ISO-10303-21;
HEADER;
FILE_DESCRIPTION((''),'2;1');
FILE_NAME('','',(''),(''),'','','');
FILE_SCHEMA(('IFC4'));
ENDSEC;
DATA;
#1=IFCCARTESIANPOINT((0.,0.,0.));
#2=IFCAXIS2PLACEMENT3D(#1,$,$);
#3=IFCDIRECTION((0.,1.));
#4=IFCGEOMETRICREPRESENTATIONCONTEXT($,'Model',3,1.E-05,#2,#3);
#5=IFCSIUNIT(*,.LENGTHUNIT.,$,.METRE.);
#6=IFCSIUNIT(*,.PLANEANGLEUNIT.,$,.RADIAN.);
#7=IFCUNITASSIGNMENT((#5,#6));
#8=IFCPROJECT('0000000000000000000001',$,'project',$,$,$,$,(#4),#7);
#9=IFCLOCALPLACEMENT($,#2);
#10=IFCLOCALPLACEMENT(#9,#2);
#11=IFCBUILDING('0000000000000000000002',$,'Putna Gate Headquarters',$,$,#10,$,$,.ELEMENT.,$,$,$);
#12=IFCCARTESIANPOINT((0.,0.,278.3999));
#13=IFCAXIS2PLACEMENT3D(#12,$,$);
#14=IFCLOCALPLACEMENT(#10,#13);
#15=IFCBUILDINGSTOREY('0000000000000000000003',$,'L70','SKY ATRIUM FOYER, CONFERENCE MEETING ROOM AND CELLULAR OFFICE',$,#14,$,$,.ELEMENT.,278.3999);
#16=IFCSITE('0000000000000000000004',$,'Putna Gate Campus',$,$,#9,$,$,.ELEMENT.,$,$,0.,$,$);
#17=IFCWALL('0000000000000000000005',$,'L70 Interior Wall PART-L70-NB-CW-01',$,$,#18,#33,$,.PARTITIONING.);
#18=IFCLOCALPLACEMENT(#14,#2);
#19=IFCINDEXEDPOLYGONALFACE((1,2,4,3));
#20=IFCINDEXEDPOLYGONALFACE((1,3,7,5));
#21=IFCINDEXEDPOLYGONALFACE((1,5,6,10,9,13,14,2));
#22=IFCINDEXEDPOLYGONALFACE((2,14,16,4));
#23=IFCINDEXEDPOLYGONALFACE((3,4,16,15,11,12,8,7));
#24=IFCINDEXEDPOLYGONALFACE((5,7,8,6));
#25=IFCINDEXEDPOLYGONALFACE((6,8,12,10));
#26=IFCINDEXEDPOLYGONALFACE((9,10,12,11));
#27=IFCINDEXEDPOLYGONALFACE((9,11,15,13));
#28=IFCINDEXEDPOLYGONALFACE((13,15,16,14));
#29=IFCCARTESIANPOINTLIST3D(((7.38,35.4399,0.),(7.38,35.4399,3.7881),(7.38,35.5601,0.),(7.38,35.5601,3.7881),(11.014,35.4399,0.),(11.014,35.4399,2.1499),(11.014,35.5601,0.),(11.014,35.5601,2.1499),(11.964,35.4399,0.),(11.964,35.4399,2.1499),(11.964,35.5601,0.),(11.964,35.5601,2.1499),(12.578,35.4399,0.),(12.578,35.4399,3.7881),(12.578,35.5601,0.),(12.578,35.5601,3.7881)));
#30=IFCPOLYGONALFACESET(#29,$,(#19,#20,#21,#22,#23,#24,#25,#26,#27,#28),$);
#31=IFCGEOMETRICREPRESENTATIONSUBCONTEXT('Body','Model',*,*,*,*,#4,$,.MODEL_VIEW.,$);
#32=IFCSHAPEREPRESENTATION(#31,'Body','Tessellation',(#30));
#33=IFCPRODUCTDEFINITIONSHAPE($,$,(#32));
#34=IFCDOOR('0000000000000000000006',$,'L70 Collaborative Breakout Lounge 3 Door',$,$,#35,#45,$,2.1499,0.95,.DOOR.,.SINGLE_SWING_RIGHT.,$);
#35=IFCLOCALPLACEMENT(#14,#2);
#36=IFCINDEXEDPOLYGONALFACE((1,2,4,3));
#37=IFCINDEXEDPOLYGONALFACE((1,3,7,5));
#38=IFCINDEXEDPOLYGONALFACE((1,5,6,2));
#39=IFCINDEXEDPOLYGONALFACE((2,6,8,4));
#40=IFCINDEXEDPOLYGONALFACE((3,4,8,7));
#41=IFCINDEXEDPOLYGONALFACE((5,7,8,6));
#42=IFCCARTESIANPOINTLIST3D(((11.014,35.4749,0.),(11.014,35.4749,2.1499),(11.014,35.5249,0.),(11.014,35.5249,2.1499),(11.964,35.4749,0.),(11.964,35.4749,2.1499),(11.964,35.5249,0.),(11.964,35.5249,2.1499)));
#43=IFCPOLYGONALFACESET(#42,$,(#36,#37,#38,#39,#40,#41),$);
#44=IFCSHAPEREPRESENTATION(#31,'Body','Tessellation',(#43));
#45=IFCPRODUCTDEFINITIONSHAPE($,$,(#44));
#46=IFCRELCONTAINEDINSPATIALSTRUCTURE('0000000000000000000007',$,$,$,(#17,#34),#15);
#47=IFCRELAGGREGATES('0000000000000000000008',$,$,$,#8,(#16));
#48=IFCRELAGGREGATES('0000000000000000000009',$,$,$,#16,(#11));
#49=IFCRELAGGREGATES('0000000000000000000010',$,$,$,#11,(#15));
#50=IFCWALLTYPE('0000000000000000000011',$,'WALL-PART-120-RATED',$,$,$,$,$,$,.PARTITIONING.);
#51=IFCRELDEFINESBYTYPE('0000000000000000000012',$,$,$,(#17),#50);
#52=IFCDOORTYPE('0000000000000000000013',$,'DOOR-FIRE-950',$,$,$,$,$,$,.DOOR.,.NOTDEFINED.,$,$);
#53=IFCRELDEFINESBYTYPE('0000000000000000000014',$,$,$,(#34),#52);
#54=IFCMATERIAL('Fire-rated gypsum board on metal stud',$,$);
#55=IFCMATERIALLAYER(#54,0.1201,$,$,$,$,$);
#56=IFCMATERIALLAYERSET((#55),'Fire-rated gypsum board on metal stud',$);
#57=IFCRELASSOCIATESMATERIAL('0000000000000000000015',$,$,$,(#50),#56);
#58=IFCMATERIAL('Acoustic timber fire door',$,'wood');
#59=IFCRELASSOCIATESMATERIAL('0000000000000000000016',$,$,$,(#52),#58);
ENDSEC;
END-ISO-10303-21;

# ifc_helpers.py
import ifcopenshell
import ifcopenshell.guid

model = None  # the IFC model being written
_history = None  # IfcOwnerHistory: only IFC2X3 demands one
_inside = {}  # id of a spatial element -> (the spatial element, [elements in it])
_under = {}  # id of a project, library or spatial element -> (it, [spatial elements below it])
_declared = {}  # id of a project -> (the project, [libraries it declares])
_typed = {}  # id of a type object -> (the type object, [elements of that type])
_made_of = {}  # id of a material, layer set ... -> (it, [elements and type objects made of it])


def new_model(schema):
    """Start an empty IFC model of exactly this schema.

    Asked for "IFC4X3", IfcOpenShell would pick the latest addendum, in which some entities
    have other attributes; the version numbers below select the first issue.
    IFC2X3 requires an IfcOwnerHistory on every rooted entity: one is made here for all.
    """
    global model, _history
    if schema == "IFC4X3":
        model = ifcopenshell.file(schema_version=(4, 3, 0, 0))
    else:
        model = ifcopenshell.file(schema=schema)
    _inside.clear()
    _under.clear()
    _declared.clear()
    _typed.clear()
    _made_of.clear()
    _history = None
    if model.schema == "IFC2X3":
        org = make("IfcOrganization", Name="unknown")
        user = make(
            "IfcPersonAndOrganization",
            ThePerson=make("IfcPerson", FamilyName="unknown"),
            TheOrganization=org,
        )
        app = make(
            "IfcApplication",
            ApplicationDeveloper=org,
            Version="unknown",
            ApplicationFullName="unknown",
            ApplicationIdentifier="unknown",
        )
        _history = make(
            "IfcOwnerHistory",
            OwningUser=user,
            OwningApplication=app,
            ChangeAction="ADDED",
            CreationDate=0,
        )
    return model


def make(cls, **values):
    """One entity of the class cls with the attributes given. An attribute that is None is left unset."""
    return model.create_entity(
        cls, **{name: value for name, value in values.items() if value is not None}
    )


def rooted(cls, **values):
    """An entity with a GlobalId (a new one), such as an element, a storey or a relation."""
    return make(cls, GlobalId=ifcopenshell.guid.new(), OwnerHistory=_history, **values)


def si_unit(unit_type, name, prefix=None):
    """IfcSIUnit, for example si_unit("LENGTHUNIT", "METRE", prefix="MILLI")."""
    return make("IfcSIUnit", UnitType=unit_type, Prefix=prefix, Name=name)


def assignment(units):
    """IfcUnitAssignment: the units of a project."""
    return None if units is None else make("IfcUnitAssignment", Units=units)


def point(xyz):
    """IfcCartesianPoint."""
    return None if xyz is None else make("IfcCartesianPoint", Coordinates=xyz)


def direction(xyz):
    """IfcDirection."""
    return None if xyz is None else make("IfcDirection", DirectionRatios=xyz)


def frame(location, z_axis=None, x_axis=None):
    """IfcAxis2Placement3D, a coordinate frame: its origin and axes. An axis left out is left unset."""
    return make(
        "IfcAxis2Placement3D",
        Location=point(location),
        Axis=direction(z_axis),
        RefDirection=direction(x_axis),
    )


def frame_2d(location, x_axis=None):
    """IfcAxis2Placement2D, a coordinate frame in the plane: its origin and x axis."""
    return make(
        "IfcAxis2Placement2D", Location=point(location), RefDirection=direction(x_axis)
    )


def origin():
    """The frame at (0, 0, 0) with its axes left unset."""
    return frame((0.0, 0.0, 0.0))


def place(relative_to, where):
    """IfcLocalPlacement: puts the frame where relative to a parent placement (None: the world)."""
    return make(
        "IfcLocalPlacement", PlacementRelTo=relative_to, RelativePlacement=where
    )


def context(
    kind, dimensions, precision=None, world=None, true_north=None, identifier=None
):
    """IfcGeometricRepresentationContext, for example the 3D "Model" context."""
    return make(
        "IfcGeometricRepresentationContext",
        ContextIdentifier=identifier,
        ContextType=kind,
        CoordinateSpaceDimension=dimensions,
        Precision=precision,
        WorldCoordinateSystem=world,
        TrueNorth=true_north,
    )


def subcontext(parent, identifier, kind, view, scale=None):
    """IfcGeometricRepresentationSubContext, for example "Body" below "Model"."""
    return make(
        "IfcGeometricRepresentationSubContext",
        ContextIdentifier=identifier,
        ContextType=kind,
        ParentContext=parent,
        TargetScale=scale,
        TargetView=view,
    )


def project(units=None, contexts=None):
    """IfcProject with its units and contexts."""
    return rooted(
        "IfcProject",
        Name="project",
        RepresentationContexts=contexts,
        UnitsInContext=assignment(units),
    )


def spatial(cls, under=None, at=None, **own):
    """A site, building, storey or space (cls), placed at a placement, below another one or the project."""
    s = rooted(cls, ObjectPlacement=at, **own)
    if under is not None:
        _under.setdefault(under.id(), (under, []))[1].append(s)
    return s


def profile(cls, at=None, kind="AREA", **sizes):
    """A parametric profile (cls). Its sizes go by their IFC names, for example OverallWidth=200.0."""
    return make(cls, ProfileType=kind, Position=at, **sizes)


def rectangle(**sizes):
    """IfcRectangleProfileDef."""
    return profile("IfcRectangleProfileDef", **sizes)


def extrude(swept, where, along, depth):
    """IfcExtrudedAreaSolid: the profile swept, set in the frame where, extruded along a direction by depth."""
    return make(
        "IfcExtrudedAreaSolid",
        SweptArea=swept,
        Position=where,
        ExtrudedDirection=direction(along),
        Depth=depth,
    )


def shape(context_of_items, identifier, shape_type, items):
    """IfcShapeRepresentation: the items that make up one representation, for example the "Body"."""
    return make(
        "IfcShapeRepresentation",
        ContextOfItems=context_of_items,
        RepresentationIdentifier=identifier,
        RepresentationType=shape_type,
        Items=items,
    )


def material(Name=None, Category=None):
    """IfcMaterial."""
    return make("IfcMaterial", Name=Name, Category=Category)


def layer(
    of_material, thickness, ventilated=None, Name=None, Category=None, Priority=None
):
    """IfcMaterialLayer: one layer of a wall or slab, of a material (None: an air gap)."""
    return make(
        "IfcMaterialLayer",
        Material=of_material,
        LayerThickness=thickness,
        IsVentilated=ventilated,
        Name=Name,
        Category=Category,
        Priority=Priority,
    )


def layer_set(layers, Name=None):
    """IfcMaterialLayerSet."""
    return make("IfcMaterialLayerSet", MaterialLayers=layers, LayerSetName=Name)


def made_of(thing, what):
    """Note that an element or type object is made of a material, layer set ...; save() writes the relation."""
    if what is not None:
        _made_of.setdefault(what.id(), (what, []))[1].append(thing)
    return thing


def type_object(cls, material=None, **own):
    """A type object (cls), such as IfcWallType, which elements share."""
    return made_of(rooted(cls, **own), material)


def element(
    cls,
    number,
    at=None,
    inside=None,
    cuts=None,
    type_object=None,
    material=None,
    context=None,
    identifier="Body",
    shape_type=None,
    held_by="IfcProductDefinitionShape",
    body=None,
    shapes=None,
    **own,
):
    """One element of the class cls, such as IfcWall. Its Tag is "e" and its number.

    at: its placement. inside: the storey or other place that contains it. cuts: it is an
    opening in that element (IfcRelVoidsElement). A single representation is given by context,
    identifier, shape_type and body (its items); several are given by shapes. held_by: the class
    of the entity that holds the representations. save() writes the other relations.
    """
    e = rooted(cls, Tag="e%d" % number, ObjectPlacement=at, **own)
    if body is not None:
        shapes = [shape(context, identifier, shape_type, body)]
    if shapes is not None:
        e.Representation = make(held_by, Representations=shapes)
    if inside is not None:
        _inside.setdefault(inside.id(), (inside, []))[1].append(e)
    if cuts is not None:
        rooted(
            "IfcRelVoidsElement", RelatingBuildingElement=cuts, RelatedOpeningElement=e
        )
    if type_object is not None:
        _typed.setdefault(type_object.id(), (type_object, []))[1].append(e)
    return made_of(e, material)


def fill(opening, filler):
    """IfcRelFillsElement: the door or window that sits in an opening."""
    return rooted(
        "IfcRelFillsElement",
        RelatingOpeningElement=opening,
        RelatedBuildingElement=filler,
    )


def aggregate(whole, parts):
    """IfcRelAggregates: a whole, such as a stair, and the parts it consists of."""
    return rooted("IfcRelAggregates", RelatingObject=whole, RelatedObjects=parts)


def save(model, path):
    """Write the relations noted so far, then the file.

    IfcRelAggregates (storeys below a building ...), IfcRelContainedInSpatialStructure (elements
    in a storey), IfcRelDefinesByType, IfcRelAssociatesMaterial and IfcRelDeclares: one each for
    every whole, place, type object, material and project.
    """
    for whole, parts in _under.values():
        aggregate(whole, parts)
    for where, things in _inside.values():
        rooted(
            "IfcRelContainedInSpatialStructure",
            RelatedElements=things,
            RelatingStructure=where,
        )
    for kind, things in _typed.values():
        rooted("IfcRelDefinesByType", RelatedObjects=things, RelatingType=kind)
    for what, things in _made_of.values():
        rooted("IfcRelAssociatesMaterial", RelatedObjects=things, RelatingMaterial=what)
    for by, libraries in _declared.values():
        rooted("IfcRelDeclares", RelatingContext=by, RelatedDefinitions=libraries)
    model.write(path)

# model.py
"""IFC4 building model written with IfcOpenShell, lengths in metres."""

from ifc_helpers import new_model, si_unit, direction, frame, frame_2d, origin, place, context, subcontext, project, spatial, rectangle, extrude, material, layer, layer_set, type_object, element, fill, save


model = new_model("IFC4")

# Units and contexts
model_context = context("Model", 3, precision=1e-05, world=origin(), true_north=direction((0.0, 1.0)))
body_context = subcontext(model_context, "Body", "Model", "MODEL_VIEW")
ifc_project = project(units=[si_unit("LENGTHUNIT", "METRE"), si_unit("PLANEANGLEUNIT", "RADIAN")], contexts=[model_context])

# Site, building, storey
site_placement = place(None, origin())
site = spatial("IfcSite", under=ifc_project, at=site_placement, Name="Putna Gate Campus", CompositionType="ELEMENT", RefElevation=0.0)
building_placement = place(site_placement, origin())
building = spatial("IfcBuilding", under=site, at=building_placement, Name="Putna Gate Headquarters", CompositionType="ELEMENT")
storey_placement = place(building_placement, frame((0.0, 0.0, 278.3999)))
storey = spatial("IfcBuildingStorey", under=building, at=storey_placement, Name="L70", Description="SKY ATRIUM FOYER, CONFERENCE MEETING ROOM AND CELLULAR OFFICE", CompositionType="ELEMENT", Elevation=278.3999)

# Shared definitions
ifc_material_1 = material(Name="Fire-rated gypsum board on metal stud")
ifc_layer_1 = layer(ifc_material_1, 0.1201)
ifc_layer_set_1 = layer_set([ifc_layer_1], Name="Fire-rated gypsum board on metal stud")
wall_type_1 = type_object("IfcWallType", Name="WALL-PART-120-RATED", PredefinedType="PARTITIONING", material=ifc_layer_set_1)

# Wall, opening, door
wall_1_placement = place(storey_placement, frame((7.3799, 35.5, 0.0), z_axis=(0.0, 0.0, 1.0), x_axis=(1.0, 0.0, 0.0)))
wall_1 = element("IfcWall", 1, at=wall_1_placement, inside=storey, type_object=wall_type_1, Name="L70 Interior Wall PART-L70-NB-CW-01", PredefinedType="PARTITIONING", context=body_context, shape_type="SweptSolid", body=[
    extrude(rectangle(XDim=5.198, YDim=0.1201, at=frame_2d((2.5991, 0.0))), origin(), (0.0, 0.0, 1.0), 3.7881),
])
opening_1_placement = place(wall_1_placement, frame((3.634, 0.0, 0.0)))
opening_1 = element("IfcOpeningElement", 2, at=opening_1_placement, cuts=wall_1, PredefinedType="OPENING", context=body_context, shape_type="SweptSolid", body=[
    extrude(rectangle(XDim=0.95, YDim=2.1499, at=frame_2d((0.4751, 1.075))), frame((0.0, 0.0701, 0.0), z_axis=(0.0, -1.0, 0.0), x_axis=(1.0, 0.0, 0.0)), (0.0, 0.0, 1.0), 0.1401),
])
ifc_material_2 = material(Name="Acoustic timber fire door", Category="wood")
door_type_1 = type_object("IfcDoorType", Name="DOOR-FIRE-950", OperationType="NOTDEFINED", PredefinedType="DOOR", material=ifc_material_2)
door_1_placement = place(opening_1_placement, origin())
door_1 = element("IfcDoor", 3, at=door_1_placement, inside=storey, type_object=door_type_1, Name="L70 Collaborative Breakout Lounge 3 Door", OperationType="SINGLE_SWING_RIGHT", OverallHeight=2.1499, OverallWidth=0.95, PredefinedType="DOOR", context=body_context, shape_type="SweptSolid", body=[
    extrude(rectangle(XDim=0.95, YDim=2.1499, at=frame_2d((0.4751, 1.075))), frame((0.0, 0.0249, 0.0), z_axis=(0.0, -1.0, 0.0), x_axis=(1.0, 0.0, 0.0)), (0.0, 0.0, 1.0), 0.05),
])
fill(opening_1, door_1)

save(model, "model.ifc")
